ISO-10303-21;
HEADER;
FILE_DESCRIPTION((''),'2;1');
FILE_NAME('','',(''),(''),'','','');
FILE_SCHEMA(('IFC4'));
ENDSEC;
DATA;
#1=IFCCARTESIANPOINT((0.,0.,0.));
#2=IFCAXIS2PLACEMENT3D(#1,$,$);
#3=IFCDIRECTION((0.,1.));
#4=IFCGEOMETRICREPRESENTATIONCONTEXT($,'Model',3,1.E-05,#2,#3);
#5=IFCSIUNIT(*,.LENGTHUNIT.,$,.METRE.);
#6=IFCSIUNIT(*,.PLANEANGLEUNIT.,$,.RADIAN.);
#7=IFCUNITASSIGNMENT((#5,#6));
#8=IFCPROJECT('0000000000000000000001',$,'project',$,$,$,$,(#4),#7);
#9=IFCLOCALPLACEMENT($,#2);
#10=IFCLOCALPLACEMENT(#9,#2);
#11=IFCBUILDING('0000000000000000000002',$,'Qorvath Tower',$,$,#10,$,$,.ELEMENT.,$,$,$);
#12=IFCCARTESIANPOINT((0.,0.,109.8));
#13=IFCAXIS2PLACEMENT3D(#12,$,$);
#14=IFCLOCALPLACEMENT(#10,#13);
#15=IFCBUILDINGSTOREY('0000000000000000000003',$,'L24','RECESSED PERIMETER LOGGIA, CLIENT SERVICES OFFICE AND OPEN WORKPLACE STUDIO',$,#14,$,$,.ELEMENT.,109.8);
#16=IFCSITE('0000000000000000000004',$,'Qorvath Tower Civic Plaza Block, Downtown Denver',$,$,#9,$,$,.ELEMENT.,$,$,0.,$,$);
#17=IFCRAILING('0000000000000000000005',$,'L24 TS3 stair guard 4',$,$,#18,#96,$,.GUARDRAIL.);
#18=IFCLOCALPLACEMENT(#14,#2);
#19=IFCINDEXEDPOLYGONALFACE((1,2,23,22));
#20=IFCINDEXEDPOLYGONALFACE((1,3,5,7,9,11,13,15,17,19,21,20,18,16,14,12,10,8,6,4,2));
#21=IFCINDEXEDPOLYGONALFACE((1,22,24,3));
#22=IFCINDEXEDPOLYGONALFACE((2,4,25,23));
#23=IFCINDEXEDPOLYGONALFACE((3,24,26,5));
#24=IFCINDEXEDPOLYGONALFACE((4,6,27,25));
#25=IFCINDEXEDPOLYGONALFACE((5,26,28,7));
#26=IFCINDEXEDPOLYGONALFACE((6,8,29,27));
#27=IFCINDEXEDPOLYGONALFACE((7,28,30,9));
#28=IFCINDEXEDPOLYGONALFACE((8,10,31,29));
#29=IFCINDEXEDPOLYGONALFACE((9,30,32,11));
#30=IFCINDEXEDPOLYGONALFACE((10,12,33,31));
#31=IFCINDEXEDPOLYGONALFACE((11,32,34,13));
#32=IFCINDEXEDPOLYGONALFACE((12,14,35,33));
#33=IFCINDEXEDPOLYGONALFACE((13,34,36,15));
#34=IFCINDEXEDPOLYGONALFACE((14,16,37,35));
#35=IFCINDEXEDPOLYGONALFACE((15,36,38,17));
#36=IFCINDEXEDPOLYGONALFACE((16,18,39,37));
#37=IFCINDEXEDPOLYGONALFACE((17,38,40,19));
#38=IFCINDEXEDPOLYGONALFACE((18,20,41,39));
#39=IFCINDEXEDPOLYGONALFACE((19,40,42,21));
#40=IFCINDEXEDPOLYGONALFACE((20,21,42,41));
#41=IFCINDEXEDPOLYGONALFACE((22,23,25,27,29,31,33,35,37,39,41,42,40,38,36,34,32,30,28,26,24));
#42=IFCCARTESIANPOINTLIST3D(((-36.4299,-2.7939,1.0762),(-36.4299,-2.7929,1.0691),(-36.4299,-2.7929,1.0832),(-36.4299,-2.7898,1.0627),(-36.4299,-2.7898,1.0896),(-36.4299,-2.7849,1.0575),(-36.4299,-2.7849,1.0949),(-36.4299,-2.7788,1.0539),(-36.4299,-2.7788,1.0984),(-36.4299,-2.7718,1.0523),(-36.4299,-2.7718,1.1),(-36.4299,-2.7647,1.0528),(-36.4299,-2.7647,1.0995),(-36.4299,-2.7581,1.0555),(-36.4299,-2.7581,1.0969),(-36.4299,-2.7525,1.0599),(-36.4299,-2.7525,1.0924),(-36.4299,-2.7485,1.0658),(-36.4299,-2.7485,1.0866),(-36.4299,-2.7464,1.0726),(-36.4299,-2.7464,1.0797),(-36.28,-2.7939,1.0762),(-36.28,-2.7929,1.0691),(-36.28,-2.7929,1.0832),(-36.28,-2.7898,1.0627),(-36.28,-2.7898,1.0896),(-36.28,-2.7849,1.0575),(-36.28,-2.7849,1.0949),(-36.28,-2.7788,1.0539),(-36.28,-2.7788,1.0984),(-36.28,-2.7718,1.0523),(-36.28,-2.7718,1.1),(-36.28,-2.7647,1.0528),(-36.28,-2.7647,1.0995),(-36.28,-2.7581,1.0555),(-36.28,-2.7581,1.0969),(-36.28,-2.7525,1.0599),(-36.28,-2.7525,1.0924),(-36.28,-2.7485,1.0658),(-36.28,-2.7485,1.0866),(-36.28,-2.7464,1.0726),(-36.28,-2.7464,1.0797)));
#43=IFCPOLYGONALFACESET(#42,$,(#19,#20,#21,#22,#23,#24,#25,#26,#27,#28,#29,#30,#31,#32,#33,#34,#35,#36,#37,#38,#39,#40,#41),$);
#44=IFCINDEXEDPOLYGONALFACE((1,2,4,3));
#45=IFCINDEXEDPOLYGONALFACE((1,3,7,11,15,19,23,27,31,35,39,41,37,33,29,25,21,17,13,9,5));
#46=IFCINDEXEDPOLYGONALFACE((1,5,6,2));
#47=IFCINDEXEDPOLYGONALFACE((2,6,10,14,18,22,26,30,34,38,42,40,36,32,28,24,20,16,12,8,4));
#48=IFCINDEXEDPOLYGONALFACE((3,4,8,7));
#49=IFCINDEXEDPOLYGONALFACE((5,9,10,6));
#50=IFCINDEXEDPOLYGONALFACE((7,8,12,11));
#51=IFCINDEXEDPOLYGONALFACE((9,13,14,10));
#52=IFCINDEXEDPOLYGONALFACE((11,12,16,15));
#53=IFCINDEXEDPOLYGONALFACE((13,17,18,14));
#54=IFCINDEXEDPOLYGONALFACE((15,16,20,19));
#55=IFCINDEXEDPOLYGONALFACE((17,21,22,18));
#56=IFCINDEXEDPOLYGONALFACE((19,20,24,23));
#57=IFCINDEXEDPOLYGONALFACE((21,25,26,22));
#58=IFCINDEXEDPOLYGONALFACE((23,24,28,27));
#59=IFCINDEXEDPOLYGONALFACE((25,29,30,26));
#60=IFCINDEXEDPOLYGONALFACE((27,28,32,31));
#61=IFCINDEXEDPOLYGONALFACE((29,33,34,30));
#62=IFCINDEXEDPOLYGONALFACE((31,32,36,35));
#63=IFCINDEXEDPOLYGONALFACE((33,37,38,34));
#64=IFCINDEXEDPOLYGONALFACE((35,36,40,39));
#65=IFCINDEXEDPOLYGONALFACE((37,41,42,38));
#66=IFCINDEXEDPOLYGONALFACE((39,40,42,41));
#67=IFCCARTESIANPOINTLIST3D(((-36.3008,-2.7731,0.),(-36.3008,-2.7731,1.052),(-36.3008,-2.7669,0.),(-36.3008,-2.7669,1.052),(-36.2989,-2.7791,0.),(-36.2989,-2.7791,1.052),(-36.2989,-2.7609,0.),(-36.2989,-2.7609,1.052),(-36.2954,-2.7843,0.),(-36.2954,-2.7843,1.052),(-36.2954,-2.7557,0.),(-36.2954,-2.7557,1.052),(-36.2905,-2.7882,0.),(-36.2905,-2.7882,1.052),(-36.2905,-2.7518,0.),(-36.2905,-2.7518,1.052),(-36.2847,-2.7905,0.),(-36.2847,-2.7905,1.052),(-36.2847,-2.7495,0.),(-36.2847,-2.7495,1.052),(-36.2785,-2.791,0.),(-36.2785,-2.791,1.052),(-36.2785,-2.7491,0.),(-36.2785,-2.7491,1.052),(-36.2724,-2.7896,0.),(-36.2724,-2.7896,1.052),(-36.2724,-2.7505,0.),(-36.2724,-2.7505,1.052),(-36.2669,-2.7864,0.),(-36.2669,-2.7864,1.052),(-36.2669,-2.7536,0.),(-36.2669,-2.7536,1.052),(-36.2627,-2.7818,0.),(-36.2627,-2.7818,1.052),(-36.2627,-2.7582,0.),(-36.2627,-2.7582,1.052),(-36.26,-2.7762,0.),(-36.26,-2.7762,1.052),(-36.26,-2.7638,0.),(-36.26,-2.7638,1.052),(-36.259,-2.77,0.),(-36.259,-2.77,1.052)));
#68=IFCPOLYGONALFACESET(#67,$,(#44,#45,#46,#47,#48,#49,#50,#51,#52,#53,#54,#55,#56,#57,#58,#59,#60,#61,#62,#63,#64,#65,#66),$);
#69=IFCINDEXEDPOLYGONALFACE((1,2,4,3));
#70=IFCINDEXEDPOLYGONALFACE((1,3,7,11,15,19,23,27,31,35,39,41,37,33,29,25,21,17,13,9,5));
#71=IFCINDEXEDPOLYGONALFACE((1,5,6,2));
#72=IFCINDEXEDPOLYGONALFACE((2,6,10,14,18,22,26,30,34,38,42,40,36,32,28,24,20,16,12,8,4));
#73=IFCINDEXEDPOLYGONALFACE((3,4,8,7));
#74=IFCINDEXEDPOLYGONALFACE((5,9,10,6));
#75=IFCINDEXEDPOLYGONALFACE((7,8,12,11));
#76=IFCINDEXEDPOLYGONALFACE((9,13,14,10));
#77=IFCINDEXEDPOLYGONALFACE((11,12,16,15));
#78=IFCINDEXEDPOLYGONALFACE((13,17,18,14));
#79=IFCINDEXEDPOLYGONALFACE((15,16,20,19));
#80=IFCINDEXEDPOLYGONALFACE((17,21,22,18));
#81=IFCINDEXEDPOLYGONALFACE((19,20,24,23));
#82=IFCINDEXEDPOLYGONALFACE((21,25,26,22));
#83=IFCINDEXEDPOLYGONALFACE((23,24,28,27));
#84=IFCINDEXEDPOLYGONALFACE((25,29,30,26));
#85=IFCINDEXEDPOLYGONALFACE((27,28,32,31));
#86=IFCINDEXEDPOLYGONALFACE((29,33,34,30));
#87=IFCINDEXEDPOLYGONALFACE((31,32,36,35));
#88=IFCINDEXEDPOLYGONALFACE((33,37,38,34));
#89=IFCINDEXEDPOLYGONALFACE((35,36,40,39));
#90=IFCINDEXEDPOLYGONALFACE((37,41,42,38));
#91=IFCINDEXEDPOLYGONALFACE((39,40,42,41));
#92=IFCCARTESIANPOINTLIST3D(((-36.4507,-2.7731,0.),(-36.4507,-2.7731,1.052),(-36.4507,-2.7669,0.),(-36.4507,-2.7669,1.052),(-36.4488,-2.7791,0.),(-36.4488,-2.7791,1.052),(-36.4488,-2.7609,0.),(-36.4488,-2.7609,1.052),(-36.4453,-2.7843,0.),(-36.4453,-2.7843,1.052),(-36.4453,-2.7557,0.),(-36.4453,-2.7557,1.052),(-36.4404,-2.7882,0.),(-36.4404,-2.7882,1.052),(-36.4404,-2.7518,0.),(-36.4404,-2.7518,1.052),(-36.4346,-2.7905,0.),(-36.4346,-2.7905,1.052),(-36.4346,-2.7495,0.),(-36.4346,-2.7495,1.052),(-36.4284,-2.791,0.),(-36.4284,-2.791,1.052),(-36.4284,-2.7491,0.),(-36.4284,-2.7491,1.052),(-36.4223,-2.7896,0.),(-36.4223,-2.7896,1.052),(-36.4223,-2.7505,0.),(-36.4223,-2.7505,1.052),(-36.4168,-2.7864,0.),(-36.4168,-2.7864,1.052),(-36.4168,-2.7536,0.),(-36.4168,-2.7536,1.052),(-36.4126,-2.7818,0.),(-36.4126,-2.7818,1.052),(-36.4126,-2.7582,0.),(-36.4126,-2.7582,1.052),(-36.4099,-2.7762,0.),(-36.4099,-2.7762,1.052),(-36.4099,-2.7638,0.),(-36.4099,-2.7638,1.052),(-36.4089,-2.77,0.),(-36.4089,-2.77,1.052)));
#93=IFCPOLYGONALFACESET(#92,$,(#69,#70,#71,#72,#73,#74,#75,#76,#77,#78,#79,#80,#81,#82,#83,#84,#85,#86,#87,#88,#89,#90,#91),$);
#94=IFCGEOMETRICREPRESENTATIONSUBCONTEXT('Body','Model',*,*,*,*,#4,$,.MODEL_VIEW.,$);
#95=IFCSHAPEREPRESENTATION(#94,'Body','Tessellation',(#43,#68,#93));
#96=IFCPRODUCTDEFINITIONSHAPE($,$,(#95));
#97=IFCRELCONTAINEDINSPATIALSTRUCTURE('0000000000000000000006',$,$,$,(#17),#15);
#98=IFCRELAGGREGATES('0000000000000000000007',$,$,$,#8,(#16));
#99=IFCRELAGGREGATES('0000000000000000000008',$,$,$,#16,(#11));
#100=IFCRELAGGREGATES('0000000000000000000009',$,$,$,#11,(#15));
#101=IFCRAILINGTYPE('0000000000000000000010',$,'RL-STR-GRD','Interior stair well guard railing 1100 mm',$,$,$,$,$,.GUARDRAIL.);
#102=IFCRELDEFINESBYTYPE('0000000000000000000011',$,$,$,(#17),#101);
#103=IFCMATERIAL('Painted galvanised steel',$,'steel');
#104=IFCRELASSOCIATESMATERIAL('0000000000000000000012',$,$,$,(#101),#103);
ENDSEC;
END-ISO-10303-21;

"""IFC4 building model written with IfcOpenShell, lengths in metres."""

from ifc_helpers import new_model, si_unit, direction, frame, origin, origin_2d, place, context, subcontext, project, spatial, circle, extrude, material, type_object, element, save


model = new_model("IFC4")

# Units and contexts
model_context = context("Model", 3, precision=1e-05, world=origin(), true_north=direction((0.0, 1.0)))
body_context = subcontext(model_context, "Body", "Model", "MODEL_VIEW")
ifc_project = project(units=[si_unit("LENGTHUNIT", "METRE"), si_unit("PLANEANGLEUNIT", "RADIAN")], contexts=[model_context])

# Site, building, storey
site_placement = place(None, origin())
site = spatial("IfcSite", under=ifc_project, at=site_placement, Name="Qorvath Tower Civic Plaza Block, Downtown Denver", CompositionType="ELEMENT", RefElevation=0.0)
building_placement = place(site_placement, origin())
building = spatial("IfcBuilding", under=site, at=building_placement, Name="Qorvath Tower", CompositionType="ELEMENT")
storey_placement = place(building_placement, frame((0.0, 0.0, 109.8)))
storey = spatial("IfcBuildingStorey", under=building, at=storey_placement, Name="L24", Description="RECESSED PERIMETER LOGGIA, CLIENT SERVICES OFFICE AND OPEN WORKPLACE STUDIO", CompositionType="ELEMENT", Elevation=109.8)

# Railing
ifc_material_1 = material(Name="Painted galvanised steel", Category="steel")
railing_type_1 = type_object("IfcRailingType", Name="RL-STR-GRD", Description="Interior stair well guard railing 1100 mm", PredefinedType="GUARDRAIL", material=ifc_material_1)
railing_1_placement = place(storey_placement, frame((-36.28, -2.77, 0.0)))
element("IfcRailing", 1, at=railing_1_placement, inside=storey, type_object=railing_type_1, Name="L24 TS3 stair guard 4", PredefinedType="GUARDRAIL", context=body_context, shape_type="SweptSolid", body=[
    extrude(circle(Radius=0.0239, at=origin_2d()), frame((0.0, 0.0, 1.0762), z_axis=(-1.0, 0.0, 0.0), x_axis=(0.0, -1.0, 0.0)), (0.0, 0.0, 1.0), 0.1499),
    extrude(circle(Radius=0.021, at=origin_2d()), origin(), (0.0, 0.0, 1.0), 1.052),
    extrude(circle(Radius=0.021, at=origin_2d()), frame((-0.1499, 0.0, 0.0)), (0.0, 0.0, 1.0), 1.052),
])

save(model, "model.ifc")
